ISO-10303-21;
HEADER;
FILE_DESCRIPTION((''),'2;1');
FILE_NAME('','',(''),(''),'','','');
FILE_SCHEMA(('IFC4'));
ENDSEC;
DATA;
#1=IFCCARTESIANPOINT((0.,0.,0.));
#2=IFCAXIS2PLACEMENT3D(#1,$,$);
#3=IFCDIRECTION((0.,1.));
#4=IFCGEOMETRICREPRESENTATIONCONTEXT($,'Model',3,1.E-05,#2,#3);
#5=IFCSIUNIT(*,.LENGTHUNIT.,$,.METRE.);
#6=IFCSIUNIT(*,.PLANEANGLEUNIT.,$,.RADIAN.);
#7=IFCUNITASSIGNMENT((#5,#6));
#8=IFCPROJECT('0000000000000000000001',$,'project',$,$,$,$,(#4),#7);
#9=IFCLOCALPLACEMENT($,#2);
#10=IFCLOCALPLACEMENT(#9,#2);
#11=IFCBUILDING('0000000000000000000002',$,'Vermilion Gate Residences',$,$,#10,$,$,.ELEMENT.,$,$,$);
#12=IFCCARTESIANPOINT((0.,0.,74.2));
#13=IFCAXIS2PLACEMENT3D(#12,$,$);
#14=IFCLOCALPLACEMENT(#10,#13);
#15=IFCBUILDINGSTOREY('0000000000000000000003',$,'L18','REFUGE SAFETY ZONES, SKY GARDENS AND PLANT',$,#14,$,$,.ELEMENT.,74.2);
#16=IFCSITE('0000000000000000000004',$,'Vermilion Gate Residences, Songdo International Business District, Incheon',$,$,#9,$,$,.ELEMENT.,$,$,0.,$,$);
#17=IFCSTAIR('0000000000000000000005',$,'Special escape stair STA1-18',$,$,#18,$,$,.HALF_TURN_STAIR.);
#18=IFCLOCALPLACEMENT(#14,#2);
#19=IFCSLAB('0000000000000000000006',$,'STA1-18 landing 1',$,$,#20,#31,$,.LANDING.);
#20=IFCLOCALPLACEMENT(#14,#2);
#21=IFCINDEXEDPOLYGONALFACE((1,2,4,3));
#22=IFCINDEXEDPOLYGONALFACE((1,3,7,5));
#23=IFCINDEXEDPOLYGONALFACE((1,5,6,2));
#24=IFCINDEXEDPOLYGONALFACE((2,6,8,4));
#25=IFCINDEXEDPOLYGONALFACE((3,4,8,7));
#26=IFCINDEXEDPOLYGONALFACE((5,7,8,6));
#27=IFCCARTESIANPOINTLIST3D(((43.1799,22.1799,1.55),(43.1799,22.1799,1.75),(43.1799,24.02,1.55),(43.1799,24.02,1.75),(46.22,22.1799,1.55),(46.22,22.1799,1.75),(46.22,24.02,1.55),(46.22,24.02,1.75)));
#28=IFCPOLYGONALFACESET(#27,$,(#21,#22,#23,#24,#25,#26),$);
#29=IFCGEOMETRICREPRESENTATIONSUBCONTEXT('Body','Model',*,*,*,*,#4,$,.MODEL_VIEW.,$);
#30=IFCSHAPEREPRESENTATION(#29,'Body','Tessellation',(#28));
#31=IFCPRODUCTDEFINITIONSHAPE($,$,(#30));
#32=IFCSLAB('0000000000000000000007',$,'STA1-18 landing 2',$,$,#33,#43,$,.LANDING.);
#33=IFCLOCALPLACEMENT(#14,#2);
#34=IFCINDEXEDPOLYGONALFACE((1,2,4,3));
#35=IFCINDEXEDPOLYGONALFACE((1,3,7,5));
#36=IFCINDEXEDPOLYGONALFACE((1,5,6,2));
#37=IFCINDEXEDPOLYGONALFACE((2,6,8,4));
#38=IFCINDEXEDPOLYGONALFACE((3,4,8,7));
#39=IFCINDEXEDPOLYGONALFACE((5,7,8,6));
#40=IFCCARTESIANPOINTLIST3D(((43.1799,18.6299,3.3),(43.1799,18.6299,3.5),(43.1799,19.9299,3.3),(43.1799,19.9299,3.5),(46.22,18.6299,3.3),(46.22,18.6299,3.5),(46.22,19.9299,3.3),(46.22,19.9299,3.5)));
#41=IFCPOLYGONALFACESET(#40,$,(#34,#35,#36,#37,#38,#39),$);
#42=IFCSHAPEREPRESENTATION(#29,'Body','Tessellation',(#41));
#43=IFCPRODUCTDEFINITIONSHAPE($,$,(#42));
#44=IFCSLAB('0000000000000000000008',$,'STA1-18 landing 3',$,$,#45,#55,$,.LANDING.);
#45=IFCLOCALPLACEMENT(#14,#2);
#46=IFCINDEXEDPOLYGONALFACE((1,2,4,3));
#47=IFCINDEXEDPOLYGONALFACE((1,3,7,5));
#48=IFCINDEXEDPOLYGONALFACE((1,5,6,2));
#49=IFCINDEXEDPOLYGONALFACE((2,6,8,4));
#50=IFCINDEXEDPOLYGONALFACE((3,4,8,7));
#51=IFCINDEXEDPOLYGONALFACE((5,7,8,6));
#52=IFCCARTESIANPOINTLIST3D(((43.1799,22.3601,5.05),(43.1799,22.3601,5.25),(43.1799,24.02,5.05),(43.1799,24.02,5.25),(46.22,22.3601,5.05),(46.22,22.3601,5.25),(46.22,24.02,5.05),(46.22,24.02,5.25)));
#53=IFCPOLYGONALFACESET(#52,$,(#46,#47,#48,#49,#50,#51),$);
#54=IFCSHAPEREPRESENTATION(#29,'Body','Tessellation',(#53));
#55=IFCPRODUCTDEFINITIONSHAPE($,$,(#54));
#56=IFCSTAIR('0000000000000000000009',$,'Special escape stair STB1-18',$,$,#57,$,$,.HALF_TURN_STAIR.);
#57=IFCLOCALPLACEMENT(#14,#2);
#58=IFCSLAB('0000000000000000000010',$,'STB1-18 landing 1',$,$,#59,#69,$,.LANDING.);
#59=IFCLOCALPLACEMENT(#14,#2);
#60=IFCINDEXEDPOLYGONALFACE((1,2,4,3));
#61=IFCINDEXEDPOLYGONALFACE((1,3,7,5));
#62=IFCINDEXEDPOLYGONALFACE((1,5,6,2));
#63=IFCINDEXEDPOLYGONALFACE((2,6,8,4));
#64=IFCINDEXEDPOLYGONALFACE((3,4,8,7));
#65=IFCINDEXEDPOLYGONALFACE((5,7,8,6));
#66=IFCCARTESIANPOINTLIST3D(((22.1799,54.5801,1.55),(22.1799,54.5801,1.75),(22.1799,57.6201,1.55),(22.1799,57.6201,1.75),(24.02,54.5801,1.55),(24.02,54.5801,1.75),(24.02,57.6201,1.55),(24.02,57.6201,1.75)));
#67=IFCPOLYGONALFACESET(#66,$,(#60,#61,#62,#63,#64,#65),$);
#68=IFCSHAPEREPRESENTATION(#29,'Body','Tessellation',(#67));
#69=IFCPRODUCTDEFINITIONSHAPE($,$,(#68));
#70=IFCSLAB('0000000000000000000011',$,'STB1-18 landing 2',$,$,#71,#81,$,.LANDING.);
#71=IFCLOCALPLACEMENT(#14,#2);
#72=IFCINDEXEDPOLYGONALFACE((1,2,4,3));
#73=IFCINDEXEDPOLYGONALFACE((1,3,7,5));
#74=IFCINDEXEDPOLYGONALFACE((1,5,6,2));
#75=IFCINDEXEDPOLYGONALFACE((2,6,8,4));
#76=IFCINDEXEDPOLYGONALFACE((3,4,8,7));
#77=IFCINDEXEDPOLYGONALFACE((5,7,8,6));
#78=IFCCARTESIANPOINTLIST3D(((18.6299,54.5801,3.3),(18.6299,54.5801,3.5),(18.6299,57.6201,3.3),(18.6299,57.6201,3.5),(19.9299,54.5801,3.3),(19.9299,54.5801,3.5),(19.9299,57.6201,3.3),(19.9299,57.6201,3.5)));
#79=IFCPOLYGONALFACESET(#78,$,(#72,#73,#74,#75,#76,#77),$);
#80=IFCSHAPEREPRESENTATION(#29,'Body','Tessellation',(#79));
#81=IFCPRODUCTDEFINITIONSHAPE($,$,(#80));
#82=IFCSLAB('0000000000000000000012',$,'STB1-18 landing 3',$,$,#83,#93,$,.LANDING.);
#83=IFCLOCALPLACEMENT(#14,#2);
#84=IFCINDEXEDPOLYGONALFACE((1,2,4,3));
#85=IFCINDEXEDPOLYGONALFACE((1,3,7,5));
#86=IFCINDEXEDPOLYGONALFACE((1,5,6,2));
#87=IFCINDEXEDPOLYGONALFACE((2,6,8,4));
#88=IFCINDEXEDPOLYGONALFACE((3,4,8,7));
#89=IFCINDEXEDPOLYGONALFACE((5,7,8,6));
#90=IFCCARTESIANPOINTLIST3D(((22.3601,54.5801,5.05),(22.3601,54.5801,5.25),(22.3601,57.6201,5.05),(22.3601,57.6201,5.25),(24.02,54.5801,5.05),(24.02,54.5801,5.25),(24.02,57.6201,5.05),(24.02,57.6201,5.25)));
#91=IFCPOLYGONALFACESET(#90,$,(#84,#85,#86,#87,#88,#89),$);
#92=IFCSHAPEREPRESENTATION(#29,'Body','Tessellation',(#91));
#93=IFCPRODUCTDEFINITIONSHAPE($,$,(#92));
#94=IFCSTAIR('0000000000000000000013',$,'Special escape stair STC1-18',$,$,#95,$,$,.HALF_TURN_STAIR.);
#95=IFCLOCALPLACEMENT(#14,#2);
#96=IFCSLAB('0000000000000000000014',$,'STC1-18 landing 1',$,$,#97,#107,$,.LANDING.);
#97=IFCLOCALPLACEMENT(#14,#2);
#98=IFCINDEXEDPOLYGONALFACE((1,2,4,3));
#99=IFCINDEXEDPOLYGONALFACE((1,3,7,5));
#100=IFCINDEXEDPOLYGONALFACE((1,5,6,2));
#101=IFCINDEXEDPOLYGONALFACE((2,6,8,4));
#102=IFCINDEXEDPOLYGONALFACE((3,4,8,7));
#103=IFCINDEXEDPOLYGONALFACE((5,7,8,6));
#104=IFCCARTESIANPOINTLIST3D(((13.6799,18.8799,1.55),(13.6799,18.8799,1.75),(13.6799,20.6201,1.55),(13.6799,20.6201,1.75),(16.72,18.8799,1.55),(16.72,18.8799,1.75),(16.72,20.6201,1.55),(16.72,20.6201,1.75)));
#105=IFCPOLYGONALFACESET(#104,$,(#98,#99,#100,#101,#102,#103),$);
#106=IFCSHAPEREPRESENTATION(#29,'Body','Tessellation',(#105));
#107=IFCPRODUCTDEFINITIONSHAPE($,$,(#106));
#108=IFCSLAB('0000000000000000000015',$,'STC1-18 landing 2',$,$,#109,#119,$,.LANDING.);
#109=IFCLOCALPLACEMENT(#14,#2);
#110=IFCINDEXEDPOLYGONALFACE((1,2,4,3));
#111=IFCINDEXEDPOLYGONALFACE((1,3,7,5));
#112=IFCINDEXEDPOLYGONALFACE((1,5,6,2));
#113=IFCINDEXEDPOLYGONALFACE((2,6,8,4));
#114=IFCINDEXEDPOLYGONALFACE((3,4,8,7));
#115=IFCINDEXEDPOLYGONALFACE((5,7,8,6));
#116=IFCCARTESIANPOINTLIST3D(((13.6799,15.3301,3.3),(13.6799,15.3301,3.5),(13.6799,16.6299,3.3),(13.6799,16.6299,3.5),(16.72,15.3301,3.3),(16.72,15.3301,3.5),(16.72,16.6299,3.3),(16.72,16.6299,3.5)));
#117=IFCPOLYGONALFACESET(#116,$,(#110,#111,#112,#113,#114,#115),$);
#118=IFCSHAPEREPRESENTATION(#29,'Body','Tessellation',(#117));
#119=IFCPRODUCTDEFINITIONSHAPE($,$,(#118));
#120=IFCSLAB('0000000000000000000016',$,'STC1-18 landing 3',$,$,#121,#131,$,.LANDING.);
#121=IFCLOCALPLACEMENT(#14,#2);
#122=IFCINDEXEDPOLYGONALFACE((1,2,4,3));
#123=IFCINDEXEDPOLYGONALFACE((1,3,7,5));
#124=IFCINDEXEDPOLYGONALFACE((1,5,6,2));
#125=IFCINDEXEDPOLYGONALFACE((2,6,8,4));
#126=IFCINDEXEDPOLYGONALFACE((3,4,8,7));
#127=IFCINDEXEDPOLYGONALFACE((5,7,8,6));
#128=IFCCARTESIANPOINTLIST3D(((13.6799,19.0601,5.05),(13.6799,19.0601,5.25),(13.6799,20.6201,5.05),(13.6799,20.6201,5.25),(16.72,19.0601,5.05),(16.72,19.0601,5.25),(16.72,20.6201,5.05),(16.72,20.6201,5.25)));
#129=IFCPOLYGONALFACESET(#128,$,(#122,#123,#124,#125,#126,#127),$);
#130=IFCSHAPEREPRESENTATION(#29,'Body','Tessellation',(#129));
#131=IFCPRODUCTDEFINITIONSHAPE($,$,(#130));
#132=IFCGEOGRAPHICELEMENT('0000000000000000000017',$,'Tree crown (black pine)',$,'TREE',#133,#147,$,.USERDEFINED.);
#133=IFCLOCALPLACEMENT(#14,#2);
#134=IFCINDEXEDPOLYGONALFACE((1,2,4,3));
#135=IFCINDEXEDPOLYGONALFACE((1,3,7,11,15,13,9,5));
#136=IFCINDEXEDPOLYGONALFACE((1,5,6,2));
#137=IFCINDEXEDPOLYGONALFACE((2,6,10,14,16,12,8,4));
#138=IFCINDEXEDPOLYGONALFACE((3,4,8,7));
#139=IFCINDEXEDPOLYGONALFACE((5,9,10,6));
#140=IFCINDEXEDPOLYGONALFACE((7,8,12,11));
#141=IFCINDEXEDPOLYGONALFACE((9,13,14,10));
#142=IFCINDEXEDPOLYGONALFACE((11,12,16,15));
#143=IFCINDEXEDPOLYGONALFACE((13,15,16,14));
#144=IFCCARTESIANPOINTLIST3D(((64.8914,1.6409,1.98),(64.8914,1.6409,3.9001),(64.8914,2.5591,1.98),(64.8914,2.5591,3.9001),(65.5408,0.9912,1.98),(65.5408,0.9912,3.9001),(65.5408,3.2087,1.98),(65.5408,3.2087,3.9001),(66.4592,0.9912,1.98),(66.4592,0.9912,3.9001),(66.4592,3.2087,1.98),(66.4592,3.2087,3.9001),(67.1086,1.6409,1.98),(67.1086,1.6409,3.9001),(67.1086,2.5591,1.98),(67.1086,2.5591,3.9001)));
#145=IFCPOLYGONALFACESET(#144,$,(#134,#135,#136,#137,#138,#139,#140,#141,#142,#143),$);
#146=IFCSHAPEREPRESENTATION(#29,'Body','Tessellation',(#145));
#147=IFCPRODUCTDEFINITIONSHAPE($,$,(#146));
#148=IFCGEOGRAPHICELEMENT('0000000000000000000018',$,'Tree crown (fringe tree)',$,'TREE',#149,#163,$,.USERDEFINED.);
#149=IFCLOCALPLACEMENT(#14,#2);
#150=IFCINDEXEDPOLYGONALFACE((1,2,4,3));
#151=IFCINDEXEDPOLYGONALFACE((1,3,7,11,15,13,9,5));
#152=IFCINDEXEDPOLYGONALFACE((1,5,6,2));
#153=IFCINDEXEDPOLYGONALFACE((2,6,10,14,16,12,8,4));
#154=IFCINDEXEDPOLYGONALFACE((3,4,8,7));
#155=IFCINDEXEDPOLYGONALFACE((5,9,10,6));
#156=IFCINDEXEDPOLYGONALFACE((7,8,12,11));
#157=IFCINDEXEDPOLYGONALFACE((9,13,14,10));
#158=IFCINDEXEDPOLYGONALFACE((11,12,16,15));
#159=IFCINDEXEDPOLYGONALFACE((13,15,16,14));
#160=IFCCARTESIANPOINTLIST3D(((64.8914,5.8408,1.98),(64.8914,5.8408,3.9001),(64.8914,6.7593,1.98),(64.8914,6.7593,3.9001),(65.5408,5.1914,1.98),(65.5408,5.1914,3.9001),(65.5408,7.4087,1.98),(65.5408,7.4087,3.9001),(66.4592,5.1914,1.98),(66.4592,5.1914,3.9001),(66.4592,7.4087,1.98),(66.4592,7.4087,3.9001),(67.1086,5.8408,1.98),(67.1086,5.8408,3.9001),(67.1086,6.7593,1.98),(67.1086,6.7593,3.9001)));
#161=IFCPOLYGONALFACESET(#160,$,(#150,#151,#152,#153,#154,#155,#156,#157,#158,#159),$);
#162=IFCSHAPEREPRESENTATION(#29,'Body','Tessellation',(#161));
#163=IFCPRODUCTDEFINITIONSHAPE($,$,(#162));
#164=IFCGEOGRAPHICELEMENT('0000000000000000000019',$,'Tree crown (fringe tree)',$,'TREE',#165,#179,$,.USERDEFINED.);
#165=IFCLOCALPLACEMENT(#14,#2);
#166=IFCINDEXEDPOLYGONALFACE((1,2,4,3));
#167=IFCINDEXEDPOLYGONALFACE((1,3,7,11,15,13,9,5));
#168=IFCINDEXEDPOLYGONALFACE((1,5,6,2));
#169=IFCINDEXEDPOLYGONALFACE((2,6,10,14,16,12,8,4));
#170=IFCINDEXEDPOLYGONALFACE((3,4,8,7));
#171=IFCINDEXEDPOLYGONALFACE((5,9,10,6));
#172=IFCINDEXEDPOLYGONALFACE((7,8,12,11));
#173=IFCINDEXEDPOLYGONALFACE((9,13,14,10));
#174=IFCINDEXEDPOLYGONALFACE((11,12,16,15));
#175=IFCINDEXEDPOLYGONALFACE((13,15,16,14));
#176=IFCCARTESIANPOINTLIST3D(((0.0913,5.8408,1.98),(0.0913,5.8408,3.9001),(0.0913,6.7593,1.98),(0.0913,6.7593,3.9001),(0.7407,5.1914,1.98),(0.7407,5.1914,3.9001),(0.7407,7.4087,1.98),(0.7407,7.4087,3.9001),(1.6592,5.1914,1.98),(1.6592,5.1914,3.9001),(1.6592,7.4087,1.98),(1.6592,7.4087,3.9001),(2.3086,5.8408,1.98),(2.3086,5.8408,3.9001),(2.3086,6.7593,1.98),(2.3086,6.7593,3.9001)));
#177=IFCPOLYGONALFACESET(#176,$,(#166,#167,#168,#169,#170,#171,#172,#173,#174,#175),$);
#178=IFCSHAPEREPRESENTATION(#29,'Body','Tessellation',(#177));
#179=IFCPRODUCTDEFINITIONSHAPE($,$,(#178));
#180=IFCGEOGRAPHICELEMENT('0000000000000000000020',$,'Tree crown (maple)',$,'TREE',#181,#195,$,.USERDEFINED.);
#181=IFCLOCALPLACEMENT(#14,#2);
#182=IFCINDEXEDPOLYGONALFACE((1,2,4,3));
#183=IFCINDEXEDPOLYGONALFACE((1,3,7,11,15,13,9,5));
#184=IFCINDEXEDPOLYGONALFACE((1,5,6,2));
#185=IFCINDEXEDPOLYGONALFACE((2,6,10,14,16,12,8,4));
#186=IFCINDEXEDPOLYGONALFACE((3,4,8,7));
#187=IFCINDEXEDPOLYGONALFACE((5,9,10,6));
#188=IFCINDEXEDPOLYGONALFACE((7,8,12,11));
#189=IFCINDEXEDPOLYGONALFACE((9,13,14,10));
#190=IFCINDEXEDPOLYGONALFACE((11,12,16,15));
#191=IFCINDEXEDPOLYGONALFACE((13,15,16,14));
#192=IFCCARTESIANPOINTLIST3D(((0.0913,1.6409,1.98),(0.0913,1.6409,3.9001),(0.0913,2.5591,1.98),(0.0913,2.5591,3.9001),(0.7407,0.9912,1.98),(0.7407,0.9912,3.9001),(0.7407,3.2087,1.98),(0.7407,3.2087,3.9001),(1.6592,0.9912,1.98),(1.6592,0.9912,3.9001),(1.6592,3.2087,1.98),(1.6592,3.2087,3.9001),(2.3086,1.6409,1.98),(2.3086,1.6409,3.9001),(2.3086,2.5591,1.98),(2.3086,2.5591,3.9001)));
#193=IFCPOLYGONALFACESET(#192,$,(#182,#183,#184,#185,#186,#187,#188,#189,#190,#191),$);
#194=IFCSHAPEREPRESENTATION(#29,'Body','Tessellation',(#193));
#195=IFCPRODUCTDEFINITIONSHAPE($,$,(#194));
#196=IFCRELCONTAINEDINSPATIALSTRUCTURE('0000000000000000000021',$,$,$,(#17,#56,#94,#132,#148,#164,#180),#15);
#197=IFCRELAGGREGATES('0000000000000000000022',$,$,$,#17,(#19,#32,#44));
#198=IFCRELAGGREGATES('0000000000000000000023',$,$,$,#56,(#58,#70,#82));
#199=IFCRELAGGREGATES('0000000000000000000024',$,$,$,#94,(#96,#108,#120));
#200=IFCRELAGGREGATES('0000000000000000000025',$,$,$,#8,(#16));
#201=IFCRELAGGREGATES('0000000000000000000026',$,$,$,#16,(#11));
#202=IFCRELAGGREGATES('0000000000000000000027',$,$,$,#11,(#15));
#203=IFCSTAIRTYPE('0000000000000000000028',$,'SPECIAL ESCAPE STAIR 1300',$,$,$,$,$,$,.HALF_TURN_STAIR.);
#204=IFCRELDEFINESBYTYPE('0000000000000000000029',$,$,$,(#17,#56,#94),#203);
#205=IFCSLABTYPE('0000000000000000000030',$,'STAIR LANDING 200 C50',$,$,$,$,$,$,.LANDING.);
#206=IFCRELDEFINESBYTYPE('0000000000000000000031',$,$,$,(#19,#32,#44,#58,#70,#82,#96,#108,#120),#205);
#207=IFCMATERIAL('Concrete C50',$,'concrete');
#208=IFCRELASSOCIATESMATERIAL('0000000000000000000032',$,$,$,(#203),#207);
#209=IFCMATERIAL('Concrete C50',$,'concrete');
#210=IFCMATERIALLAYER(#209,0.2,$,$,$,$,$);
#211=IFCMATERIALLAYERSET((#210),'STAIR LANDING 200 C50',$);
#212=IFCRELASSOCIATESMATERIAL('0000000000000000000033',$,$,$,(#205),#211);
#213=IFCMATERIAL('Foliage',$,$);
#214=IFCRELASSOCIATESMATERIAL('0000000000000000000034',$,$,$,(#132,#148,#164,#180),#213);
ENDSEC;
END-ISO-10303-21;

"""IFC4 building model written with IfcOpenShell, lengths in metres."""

from ifc_helpers import new_model, si_unit, direction, frame, origin, place, context, subcontext, project, spatial, polyline, outline, extrude, material, layer, layer_set, type_object, element, aggregate, save


model = new_model("IFC4")

# Units and contexts
model_context = context("Model", 3, precision=1e-05, world=origin(), true_north=direction((0.0, 1.0)))
body_context = subcontext(model_context, "Body", "Model", "MODEL_VIEW")
ifc_project = project(units=[si_unit("LENGTHUNIT", "METRE"), si_unit("PLANEANGLEUNIT", "RADIAN")], contexts=[model_context])

# Site, building, storey
site_placement = place(None, origin())
site = spatial("IfcSite", under=ifc_project, at=site_placement, Name="Vermilion Gate Residences, Songdo International Business District, Incheon", CompositionType="ELEMENT", RefElevation=0.0)
building_placement = place(site_placement, origin())
building = spatial("IfcBuilding", under=site, at=building_placement, Name="Vermilion Gate Residences", CompositionType="ELEMENT")
storey_placement = place(building_placement, frame((0.0, 0.0, 74.2)))
storey = spatial("IfcBuildingStorey", under=building, at=storey_placement, Name="L18", Description="REFUGE SAFETY ZONES, SKY GARDENS AND PLANT", CompositionType="ELEMENT", Elevation=74.2)

# Stairs, slabs
ifc_material_1 = material(Name="Concrete C50", Category="concrete")
stair_type = type_object("IfcStairType", Name="SPECIAL ESCAPE STAIR 1300", PredefinedType="HALF_TURN_STAIR", material=ifc_material_1)
stair_1_placement = place(storey_placement, origin())
stair_1 = element("IfcStair", 1, at=stair_1_placement, inside=storey, type_object=stair_type, Name="Special escape stair STA1-18", PredefinedType="HALF_TURN_STAIR")
ifc_material_2 = material(Name="Concrete C50", Category="concrete")
ifc_layer = layer(ifc_material_2, 0.2)
ifc_layer_set = layer_set([ifc_layer], Name="STAIR LANDING 200 C50")
slab_type = type_object("IfcSlabType", Name="STAIR LANDING 200 C50", PredefinedType="LANDING", material=ifc_layer_set)
slab_1_placement = place(storey_placement, frame((0.0, 0.0, 1.55)))
slab_1 = element("IfcSlab", 2, at=slab_1_placement, type_object=slab_type, Name="STA1-18 landing 1", PredefinedType="LANDING", context=body_context, shape_type="SweptSolid", body=[
    extrude(outline(polyline([(46.22, 22.1799), (46.22, 24.02), (43.1799, 24.02), (43.1799, 22.1799), (46.22, 22.1799)])), origin(), (0.0, 0.0, 1.0), 0.2),
])
slab_2_placement = place(storey_placement, frame((0.0, 0.0, 3.3)))
slab_2 = element("IfcSlab", 3, at=slab_2_placement, type_object=slab_type, Name="STA1-18 landing 2", PredefinedType="LANDING", context=body_context, shape_type="SweptSolid", body=[
    extrude(outline(polyline([(46.22, 18.6299), (46.22, 19.9299), (43.1799, 19.9299), (43.1799, 18.6299), (46.22, 18.6299)])), origin(), (0.0, 0.0, 1.0), 0.2),
])
slab_3_placement = place(storey_placement, frame((0.0, 0.0, 5.05)))
slab_3 = element("IfcSlab", 4, at=slab_3_placement, type_object=slab_type, Name="STA1-18 landing 3", PredefinedType="LANDING", context=body_context, shape_type="SweptSolid", body=[
    extrude(outline(polyline([(46.22, 22.3601), (46.22, 24.02), (43.1799, 24.02), (43.1799, 22.3601), (46.22, 22.3601)])), origin(), (0.0, 0.0, 1.0), 0.2),
])
aggregate(stair_1, [slab_1, slab_2, slab_3])
stair_2_placement = place(storey_placement, origin())
stair_2 = element("IfcStair", 5, at=stair_2_placement, inside=storey, type_object=stair_type, Name="Special escape stair STB1-18", PredefinedType="HALF_TURN_STAIR")
slab_4_placement = place(storey_placement, frame((0.0, 0.0, 1.55)))
slab_4 = element("IfcSlab", 6, at=slab_4_placement, type_object=slab_type, Name="STB1-18 landing 1", PredefinedType="LANDING", context=body_context, shape_type="SweptSolid", body=[
    extrude(outline(polyline([(24.02, 54.5801), (24.02, 57.6201), (22.1799, 57.6201), (22.1799, 54.5801), (24.02, 54.5801)])), origin(), (0.0, 0.0, 1.0), 0.2),
])
slab_5_placement = place(storey_placement, frame((0.0, 0.0, 3.3)))
slab_5 = element("IfcSlab", 7, at=slab_5_placement, type_object=slab_type, Name="STB1-18 landing 2", PredefinedType="LANDING", context=body_context, shape_type="SweptSolid", body=[
    extrude(outline(polyline([(19.9299, 54.5801), (19.9299, 57.6201), (18.6299, 57.6201), (18.6299, 54.5801), (19.9299, 54.5801)])), origin(), (0.0, 0.0, 1.0), 0.2),
])
slab_6_placement = place(storey_placement, frame((0.0, 0.0, 5.05)))
slab_6 = element("IfcSlab", 8, at=slab_6_placement, type_object=slab_type, Name="STB1-18 landing 3", PredefinedType="LANDING", context=body_context, shape_type="SweptSolid", body=[
    extrude(outline(polyline([(24.02, 54.5801), (24.02, 57.6201), (22.3601, 57.6201), (22.3601, 54.5801), (24.02, 54.5801)])), origin(), (0.0, 0.0, 1.0), 0.2),
])
aggregate(stair_2, [slab_4, slab_5, slab_6])
stair_3_placement = place(storey_placement, origin())
stair_3 = element("IfcStair", 9, at=stair_3_placement, inside=storey, type_object=stair_type, Name="Special escape stair STC1-18", PredefinedType="HALF_TURN_STAIR")
slab_7_placement = place(storey_placement, frame((0.0, 0.0, 1.55)))
slab_7 = element("IfcSlab", 10, at=slab_7_placement, type_object=slab_type, Name="STC1-18 landing 1", PredefinedType="LANDING", context=body_context, shape_type="SweptSolid", body=[
    extrude(outline(polyline([(16.72, 18.8799), (16.72, 20.6201), (13.6799, 20.6201), (13.6799, 18.8799), (16.72, 18.8799)])), origin(), (0.0, 0.0, 1.0), 0.2),
])
slab_8_placement = place(storey_placement, frame((0.0, 0.0, 3.3)))
slab_8 = element("IfcSlab", 11, at=slab_8_placement, type_object=slab_type, Name="STC1-18 landing 2", PredefinedType="LANDING", context=body_context, shape_type="SweptSolid", body=[
    extrude(outline(polyline([(16.72, 15.3301), (16.72, 16.6299), (13.6799, 16.6299), (13.6799, 15.3301), (16.72, 15.3301)])), origin(), (0.0, 0.0, 1.0), 0.2),
])
slab_9_placement = place(storey_placement, frame((0.0, 0.0, 5.05)))
slab_9 = element("IfcSlab", 12, at=slab_9_placement, type_object=slab_type, Name="STC1-18 landing 3", PredefinedType="LANDING", context=body_context, shape_type="SweptSolid", body=[
    extrude(outline(polyline([(16.72, 19.0601), (16.72, 20.6201), (13.6799, 20.6201), (13.6799, 19.0601), (16.72, 19.0601)])), origin(), (0.0, 0.0, 1.0), 0.2),
])
aggregate(stair_3, [slab_7, slab_8, slab_9])

# Geographic elements
ifc_material_3 = material(Name="Foliage")
geographic_element_1_placement = place(storey_placement, frame((0.0, 0.0, 1.98)))
element("IfcGeographicElement", 13, at=geographic_element_1_placement, inside=storey, material=ifc_material_3, Name="Tree crown (black pine)", ObjectType="TREE", PredefinedType="USERDEFINED", context=body_context, shape_type="SweptSolid", body=[
    extrude(outline(polyline([(67.1086, 2.5591), (66.4592, 3.2087), (65.5408, 3.2087), (64.8914, 2.5591), (64.8914, 1.6409), (65.5408, 0.9912), (66.4592, 0.9912), (67.1086, 1.6409), (67.1086, 2.5591)])), origin(), (0.0, 0.0, 1.0), 1.9202),
])
geographic_element_2_placement = place(storey_placement, frame((0.0, 0.0, 1.98)))
element("IfcGeographicElement", 14, at=geographic_element_2_placement, inside=storey, material=ifc_material_3, Name="Tree crown (fringe tree)", ObjectType="TREE", PredefinedType="USERDEFINED", context=body_context, shape_type="SweptSolid", body=[
    extrude(outline(polyline([(67.1086, 6.7593), (66.4592, 7.4087), (65.5408, 7.4087), (64.8914, 6.7593), (64.8914, 5.8408), (65.5408, 5.1914), (66.4592, 5.1914), (67.1086, 5.8408), (67.1086, 6.7593)])), origin(), (0.0, 0.0, 1.0), 1.9202),
])
geographic_element_3_placement = place(storey_placement, frame((0.0, 0.0, 1.98)))
element("IfcGeographicElement", 15, at=geographic_element_3_placement, inside=storey, material=ifc_material_3, Name="Tree crown (fringe tree)", ObjectType="TREE", PredefinedType="USERDEFINED", context=body_context, shape_type="SweptSolid", body=[
    extrude(outline(polyline([(2.3086, 6.7593), (1.6592, 7.4087), (0.7407, 7.4087), (0.0913, 6.7593), (0.0913, 5.8408), (0.7407, 5.1914), (1.6592, 5.1914), (2.3086, 5.8408), (2.3086, 6.7593)])), origin(), (0.0, 0.0, 1.0), 1.9202),
])
geographic_element_4_placement = place(storey_placement, frame((0.0, 0.0, 1.98)))
element("IfcGeographicElement", 16, at=geographic_element_4_placement, inside=storey, material=ifc_material_3, Name="Tree crown (maple)", ObjectType="TREE", PredefinedType="USERDEFINED", context=body_context, shape_type="SweptSolid", body=[
    extrude(outline(polyline([(2.3086, 2.5591), (1.6592, 3.2087), (0.7407, 3.2087), (0.0913, 2.5591), (0.0913, 1.6409), (0.7407, 0.9912), (1.6592, 0.9912), (2.3086, 1.6409), (2.3086, 2.5591)])), origin(), (0.0, 0.0, 1.0), 1.9202),
])

save(model, "model.ifc")
